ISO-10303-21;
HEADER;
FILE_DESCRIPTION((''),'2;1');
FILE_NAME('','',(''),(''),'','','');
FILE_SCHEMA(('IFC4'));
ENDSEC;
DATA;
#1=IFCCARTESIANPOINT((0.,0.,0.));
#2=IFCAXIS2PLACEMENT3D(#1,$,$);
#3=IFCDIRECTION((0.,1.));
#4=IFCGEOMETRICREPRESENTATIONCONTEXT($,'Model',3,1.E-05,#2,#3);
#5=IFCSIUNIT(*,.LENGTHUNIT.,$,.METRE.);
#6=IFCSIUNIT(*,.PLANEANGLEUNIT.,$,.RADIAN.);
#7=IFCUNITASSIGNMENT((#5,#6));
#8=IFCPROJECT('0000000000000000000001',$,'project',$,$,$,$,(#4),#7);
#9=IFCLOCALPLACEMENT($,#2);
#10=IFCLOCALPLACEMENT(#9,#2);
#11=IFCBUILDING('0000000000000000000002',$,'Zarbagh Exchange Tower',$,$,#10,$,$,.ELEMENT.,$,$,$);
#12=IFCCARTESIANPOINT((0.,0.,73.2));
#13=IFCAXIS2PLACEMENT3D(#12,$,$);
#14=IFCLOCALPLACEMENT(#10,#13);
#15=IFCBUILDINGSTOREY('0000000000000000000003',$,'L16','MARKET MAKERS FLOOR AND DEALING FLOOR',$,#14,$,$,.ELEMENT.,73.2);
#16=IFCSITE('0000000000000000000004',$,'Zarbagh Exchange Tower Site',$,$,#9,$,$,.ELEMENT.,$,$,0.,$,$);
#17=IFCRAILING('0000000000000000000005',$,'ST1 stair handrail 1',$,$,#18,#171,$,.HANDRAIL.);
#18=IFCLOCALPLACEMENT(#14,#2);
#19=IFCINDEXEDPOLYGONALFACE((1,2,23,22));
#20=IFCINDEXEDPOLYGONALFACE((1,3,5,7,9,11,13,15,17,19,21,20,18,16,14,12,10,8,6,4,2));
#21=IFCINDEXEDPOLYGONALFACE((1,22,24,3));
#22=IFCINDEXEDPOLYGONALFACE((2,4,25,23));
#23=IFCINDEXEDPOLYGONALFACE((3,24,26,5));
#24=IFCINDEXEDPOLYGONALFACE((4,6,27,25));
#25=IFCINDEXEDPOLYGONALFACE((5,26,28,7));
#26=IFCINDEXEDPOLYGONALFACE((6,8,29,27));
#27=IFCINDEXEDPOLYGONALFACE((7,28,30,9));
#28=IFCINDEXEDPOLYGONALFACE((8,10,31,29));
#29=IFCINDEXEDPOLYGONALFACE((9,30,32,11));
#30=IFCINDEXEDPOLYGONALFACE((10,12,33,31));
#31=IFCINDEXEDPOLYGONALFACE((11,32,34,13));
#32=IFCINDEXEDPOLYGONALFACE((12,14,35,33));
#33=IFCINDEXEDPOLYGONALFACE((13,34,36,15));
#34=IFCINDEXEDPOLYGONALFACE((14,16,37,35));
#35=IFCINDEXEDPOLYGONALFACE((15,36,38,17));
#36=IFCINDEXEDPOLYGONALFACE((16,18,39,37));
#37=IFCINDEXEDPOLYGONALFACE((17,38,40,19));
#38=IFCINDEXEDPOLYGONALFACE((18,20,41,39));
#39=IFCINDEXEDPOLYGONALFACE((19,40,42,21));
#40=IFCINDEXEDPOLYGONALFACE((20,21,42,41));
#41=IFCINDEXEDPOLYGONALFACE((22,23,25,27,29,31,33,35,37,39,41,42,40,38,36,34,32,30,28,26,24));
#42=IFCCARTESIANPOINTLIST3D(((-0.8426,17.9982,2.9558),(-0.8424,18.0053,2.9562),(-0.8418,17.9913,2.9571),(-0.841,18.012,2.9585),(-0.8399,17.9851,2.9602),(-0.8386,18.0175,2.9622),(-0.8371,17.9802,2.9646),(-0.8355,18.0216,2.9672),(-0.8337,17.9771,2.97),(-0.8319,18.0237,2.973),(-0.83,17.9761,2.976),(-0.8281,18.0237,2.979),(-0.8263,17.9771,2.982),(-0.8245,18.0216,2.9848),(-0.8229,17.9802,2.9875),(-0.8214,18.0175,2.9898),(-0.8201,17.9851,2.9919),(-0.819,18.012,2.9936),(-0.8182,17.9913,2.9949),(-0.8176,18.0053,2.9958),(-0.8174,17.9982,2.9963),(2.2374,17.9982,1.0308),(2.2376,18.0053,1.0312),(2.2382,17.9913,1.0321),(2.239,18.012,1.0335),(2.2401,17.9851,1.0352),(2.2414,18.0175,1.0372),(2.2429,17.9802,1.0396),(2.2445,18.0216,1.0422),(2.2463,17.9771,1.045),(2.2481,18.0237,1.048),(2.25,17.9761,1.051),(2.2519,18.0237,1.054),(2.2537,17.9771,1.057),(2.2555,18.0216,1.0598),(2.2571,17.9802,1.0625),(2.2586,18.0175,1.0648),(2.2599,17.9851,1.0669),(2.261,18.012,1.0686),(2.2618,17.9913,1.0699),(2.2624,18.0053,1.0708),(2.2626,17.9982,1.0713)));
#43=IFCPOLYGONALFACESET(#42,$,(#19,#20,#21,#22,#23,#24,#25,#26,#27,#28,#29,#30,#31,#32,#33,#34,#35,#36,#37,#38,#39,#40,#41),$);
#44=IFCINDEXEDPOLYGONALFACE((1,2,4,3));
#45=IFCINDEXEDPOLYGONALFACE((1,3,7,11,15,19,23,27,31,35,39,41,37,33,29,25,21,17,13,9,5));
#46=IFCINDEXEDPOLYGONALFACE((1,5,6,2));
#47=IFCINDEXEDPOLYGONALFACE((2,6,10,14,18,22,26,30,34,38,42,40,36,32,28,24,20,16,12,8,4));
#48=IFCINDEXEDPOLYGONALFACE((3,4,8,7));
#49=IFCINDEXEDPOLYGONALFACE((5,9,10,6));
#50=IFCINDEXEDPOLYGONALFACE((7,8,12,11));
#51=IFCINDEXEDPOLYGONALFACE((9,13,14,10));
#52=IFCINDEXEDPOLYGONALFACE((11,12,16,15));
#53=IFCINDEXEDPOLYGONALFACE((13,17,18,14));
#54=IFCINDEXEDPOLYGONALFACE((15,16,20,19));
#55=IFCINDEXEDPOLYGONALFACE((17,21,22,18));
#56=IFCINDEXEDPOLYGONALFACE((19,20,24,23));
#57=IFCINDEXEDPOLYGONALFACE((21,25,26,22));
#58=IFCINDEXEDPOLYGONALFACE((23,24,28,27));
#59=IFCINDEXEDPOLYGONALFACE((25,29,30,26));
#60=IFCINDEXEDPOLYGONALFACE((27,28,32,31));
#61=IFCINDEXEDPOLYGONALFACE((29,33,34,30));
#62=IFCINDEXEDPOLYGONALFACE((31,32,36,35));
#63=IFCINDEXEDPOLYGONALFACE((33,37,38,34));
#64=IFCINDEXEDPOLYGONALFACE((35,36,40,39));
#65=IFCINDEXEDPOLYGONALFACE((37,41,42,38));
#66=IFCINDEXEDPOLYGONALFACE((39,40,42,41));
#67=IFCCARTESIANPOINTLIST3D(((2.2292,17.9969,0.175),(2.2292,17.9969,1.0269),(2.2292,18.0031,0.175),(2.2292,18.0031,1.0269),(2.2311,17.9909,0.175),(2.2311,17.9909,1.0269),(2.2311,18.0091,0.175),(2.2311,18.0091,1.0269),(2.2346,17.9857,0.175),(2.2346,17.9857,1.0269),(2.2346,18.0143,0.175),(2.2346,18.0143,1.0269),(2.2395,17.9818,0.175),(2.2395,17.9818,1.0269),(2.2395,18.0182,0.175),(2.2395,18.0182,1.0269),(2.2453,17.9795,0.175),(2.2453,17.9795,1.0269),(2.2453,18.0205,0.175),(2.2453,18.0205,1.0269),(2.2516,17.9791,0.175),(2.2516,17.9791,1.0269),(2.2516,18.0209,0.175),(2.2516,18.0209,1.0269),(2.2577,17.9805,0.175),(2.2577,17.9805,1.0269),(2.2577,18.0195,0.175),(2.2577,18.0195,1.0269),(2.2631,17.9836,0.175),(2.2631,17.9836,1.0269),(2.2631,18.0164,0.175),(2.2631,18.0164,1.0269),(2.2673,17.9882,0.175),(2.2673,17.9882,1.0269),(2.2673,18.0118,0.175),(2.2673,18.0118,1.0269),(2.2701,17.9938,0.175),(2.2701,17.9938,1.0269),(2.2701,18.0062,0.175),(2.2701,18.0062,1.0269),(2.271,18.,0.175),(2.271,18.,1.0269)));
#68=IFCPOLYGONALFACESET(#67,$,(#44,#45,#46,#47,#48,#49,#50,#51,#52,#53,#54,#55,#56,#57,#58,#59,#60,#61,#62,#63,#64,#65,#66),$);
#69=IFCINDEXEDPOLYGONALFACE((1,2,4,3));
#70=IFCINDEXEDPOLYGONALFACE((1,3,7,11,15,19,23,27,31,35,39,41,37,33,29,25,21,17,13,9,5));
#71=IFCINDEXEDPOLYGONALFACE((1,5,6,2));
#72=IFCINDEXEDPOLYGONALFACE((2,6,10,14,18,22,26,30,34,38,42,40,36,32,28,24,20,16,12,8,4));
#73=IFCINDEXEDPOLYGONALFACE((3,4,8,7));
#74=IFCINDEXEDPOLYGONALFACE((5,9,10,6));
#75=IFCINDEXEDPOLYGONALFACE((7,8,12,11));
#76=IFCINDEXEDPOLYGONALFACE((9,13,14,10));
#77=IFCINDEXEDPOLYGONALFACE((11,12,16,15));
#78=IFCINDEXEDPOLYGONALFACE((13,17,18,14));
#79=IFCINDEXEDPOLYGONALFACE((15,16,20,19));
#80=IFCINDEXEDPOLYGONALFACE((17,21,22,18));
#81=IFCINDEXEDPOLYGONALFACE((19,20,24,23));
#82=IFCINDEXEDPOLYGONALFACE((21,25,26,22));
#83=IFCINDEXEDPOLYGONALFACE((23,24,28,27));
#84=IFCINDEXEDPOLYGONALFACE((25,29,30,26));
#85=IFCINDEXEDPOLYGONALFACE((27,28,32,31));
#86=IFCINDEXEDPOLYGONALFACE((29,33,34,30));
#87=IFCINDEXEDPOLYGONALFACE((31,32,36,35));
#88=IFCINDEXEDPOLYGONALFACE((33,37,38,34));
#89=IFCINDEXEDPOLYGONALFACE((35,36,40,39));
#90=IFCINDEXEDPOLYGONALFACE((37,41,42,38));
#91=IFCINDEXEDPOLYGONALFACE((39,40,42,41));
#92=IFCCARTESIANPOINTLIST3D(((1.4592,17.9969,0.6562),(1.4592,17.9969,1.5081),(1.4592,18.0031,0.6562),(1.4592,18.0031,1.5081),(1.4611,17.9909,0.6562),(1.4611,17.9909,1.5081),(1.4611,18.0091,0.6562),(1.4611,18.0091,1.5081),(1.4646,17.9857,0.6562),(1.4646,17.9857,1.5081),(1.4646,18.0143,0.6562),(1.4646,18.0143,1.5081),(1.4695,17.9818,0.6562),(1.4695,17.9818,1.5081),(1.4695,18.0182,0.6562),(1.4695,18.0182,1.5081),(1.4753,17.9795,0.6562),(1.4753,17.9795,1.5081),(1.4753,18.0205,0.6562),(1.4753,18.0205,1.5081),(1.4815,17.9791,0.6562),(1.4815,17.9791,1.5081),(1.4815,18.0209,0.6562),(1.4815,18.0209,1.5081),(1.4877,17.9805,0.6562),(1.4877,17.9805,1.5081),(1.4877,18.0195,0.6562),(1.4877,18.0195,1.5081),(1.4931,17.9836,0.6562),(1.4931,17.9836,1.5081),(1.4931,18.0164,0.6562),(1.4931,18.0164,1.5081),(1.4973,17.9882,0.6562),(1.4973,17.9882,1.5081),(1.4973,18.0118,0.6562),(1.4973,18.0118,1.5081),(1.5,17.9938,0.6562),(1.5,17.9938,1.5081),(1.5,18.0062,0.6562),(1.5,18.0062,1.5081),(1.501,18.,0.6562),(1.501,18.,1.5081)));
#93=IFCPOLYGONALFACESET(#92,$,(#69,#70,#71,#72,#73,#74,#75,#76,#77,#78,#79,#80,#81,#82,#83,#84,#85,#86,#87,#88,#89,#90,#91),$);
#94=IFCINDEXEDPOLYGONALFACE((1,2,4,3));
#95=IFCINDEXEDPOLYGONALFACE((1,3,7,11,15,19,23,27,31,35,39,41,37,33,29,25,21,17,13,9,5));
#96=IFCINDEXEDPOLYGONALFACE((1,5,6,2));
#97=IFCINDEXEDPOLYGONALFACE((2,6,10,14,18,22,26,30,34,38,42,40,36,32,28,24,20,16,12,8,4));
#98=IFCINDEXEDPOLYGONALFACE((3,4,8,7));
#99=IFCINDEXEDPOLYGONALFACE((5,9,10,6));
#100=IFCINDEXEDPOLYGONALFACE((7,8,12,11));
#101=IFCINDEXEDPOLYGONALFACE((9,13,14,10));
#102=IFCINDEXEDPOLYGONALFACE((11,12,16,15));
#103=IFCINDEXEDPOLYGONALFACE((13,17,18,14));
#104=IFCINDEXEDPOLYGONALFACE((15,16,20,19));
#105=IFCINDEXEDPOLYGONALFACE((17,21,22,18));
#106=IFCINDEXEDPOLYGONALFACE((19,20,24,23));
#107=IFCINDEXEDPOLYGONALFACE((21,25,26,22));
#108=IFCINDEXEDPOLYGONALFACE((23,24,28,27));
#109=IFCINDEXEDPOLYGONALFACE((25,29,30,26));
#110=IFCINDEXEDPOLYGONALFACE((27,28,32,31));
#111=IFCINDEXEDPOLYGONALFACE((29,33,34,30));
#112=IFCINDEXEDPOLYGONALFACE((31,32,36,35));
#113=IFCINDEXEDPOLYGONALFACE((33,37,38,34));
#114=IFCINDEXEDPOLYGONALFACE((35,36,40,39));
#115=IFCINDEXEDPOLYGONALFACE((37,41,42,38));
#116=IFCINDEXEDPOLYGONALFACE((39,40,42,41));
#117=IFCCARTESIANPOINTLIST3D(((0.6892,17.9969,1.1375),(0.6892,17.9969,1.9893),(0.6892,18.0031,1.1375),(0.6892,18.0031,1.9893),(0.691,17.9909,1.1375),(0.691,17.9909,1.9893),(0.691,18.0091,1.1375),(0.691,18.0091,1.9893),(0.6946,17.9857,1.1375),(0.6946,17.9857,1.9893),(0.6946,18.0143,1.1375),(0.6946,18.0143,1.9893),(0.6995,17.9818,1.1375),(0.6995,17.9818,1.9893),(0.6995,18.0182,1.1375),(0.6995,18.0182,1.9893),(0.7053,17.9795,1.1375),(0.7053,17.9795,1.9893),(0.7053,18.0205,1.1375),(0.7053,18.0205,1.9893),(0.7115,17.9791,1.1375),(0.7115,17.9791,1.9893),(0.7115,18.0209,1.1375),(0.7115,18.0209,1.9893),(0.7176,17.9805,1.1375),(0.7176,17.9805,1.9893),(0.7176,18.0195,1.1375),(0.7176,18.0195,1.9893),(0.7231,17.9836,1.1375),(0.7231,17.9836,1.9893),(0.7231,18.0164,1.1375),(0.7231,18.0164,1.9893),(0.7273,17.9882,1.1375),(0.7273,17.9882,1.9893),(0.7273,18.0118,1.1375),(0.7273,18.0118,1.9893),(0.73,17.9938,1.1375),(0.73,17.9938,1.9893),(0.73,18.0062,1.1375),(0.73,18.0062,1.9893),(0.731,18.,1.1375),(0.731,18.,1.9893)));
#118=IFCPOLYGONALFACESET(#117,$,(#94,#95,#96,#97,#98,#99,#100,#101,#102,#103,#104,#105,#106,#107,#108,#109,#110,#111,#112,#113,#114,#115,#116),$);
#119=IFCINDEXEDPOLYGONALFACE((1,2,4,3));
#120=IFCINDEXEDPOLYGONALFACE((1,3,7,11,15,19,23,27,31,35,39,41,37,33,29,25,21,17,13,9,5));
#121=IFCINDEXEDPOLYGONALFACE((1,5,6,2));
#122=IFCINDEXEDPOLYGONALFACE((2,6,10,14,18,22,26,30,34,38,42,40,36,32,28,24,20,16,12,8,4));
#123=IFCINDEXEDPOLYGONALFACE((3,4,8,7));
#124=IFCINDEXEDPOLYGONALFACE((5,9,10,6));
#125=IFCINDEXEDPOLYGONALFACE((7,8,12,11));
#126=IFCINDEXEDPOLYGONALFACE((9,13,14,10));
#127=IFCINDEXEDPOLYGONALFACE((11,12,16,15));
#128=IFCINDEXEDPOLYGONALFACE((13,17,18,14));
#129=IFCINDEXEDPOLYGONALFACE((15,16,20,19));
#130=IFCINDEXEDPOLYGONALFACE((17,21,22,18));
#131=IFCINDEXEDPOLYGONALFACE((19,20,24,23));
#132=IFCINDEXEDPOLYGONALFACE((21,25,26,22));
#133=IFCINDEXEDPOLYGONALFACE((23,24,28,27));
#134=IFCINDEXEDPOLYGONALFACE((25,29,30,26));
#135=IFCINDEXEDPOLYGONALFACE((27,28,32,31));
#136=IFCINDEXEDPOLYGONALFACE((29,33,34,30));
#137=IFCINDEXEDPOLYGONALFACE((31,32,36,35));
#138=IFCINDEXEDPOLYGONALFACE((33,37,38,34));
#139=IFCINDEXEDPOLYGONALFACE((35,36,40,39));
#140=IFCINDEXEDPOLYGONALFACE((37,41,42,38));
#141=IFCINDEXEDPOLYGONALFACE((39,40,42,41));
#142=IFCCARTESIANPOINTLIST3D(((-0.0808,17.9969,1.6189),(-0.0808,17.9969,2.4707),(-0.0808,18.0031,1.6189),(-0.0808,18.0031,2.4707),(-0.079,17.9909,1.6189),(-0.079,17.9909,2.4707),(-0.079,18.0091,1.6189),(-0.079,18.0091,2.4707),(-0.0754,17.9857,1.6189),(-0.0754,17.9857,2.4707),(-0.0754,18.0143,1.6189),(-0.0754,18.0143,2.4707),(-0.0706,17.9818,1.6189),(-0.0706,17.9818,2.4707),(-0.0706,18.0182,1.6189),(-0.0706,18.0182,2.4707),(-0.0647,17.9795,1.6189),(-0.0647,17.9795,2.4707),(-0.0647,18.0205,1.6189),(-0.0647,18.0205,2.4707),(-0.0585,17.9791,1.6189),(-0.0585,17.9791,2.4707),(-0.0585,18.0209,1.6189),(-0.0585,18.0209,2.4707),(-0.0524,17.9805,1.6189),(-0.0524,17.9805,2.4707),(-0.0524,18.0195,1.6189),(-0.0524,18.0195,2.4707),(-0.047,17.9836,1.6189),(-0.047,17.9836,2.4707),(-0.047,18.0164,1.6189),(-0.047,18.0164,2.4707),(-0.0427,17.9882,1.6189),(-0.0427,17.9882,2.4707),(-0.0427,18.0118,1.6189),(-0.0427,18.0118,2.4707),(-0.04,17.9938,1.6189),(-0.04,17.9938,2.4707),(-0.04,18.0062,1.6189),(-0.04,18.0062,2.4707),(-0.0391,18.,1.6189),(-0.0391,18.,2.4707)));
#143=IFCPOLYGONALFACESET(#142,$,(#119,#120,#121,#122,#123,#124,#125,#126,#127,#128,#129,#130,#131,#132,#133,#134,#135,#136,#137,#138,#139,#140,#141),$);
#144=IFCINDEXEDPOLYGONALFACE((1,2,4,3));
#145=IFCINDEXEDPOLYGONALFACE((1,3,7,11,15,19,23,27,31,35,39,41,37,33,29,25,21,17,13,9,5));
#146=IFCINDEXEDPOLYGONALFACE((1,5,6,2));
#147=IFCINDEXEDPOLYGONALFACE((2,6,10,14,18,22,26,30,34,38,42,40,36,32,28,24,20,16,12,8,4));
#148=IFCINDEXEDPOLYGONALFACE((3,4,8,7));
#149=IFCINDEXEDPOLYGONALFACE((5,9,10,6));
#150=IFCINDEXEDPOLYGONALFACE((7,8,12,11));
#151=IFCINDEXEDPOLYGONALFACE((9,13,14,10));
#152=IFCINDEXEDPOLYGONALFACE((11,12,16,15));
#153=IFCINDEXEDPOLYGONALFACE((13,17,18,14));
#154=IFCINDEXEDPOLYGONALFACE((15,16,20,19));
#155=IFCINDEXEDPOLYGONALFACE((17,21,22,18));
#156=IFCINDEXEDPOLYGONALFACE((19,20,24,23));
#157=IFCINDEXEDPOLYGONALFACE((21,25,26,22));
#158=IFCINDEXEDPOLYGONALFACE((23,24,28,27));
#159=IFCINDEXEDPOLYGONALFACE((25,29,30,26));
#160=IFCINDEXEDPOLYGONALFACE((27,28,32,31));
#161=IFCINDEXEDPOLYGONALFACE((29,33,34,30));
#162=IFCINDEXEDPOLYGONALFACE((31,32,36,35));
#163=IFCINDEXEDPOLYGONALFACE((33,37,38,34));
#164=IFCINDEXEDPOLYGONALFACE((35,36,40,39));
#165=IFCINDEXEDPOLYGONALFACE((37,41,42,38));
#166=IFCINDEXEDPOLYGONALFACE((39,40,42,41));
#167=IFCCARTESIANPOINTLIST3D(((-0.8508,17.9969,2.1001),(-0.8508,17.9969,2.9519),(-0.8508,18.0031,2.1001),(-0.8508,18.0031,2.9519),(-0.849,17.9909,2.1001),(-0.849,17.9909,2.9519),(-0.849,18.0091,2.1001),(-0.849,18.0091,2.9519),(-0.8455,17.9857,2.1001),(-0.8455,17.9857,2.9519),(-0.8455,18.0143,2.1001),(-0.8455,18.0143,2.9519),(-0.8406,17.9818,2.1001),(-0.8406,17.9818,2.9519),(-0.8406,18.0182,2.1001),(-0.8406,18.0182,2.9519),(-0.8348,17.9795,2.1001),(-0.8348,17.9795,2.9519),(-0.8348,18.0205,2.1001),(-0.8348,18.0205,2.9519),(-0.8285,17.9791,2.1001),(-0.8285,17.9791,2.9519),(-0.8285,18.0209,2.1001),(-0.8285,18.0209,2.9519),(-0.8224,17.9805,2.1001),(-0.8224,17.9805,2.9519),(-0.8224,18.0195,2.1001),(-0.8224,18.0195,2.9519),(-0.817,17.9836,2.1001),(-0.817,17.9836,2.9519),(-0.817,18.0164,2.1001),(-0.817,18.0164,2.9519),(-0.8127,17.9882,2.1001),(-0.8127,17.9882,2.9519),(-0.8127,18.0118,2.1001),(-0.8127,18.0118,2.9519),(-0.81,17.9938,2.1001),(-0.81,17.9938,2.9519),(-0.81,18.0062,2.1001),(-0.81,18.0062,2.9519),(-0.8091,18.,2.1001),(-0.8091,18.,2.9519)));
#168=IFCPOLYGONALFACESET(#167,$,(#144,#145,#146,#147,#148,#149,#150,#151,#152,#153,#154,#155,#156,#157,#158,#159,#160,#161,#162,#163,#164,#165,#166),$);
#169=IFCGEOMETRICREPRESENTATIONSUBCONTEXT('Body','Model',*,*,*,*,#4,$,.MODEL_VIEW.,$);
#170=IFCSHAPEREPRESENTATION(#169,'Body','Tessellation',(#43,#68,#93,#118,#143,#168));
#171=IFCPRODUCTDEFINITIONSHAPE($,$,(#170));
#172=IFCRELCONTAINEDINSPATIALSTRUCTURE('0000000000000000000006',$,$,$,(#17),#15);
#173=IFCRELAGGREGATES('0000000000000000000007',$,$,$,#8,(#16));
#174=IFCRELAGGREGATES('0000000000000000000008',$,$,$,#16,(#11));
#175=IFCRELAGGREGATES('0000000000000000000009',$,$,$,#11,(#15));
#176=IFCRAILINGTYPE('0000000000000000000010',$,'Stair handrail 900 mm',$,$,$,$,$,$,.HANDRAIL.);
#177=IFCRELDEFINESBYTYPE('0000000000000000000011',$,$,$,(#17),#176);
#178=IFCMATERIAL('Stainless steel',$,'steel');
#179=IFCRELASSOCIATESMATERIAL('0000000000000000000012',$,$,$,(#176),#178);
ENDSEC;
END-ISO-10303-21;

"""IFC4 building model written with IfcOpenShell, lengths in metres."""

from ifc_helpers import new_model, si_unit, direction, frame, origin, origin_2d, place, context, subcontext, project, spatial, circle, extrude, material, type_object, element, save


model = new_model("IFC4")

# Units and contexts
model_context = context("Model", 3, precision=1e-05, world=origin(), true_north=direction((0.0, 1.0)))
body_context = subcontext(model_context, "Body", "Model", "MODEL_VIEW")
ifc_project = project(units=[si_unit("LENGTHUNIT", "METRE"), si_unit("PLANEANGLEUNIT", "RADIAN")], contexts=[model_context])

# Site, building, storey
site_placement = place(None, origin())
site = spatial("IfcSite", under=ifc_project, at=site_placement, Name="Zarbagh Exchange Tower Site", CompositionType="ELEMENT", RefElevation=0.0)
building_placement = place(site_placement, origin())
building = spatial("IfcBuilding", under=site, at=building_placement, Name="Zarbagh Exchange Tower", CompositionType="ELEMENT")
storey_placement = place(building_placement, frame((0.0, 0.0, 73.2)))
storey = spatial("IfcBuildingStorey", under=building, at=storey_placement, Name="L16", Description="MARKET MAKERS FLOOR AND DEALING FLOOR", CompositionType="ELEMENT", Elevation=73.2)

# Shared definitions
ifc_material_1 = material(Name="Stainless steel", Category="steel")

# Railing
railing_type = type_object("IfcRailingType", Name="Stair handrail 900 mm", PredefinedType="HANDRAIL", material=ifc_material_1)
railing_placement = place(storey_placement, frame((2.25, 18.0, 0.175)))
element("IfcRailing", 1, at=railing_placement, inside=storey, type_object=railing_type, Name="ST1 stair handrail 1", PredefinedType="HANDRAIL", context=body_context, shape_type="SweptSolid", body=[
    extrude(circle(Radius=0.0239, at=origin_2d()), frame((0.0, 0.0, 0.876), z_axis=(-0.847998, 0.0, 0.529999), x_axis=(0.0, -1.0, 0.0)), (0.0, 0.0, 1.0), 3.6321),
    extrude(circle(Radius=0.021, at=origin_2d()), origin(), (0.0, 0.0, 1.0), 0.8518),
    extrude(circle(Radius=0.021, at=origin_2d()), frame((-0.77, 0.0, 0.4812)), (0.0, 0.0, 1.0), 0.8518),
    extrude(circle(Radius=0.021, at=origin_2d()), frame((-1.54, 0.0, 0.9624)), (0.0, 0.0, 1.0), 0.8518),
    extrude(circle(Radius=0.021, at=origin_2d()), frame((-2.3101, 0.0, 1.4438)), (0.0, 0.0, 1.0), 0.8518),
    extrude(circle(Radius=0.021, at=origin_2d()), frame((-3.0801, 0.0, 1.925)), (0.0, 0.0, 1.0), 0.8518),
])

save(model, "model.ifc")
